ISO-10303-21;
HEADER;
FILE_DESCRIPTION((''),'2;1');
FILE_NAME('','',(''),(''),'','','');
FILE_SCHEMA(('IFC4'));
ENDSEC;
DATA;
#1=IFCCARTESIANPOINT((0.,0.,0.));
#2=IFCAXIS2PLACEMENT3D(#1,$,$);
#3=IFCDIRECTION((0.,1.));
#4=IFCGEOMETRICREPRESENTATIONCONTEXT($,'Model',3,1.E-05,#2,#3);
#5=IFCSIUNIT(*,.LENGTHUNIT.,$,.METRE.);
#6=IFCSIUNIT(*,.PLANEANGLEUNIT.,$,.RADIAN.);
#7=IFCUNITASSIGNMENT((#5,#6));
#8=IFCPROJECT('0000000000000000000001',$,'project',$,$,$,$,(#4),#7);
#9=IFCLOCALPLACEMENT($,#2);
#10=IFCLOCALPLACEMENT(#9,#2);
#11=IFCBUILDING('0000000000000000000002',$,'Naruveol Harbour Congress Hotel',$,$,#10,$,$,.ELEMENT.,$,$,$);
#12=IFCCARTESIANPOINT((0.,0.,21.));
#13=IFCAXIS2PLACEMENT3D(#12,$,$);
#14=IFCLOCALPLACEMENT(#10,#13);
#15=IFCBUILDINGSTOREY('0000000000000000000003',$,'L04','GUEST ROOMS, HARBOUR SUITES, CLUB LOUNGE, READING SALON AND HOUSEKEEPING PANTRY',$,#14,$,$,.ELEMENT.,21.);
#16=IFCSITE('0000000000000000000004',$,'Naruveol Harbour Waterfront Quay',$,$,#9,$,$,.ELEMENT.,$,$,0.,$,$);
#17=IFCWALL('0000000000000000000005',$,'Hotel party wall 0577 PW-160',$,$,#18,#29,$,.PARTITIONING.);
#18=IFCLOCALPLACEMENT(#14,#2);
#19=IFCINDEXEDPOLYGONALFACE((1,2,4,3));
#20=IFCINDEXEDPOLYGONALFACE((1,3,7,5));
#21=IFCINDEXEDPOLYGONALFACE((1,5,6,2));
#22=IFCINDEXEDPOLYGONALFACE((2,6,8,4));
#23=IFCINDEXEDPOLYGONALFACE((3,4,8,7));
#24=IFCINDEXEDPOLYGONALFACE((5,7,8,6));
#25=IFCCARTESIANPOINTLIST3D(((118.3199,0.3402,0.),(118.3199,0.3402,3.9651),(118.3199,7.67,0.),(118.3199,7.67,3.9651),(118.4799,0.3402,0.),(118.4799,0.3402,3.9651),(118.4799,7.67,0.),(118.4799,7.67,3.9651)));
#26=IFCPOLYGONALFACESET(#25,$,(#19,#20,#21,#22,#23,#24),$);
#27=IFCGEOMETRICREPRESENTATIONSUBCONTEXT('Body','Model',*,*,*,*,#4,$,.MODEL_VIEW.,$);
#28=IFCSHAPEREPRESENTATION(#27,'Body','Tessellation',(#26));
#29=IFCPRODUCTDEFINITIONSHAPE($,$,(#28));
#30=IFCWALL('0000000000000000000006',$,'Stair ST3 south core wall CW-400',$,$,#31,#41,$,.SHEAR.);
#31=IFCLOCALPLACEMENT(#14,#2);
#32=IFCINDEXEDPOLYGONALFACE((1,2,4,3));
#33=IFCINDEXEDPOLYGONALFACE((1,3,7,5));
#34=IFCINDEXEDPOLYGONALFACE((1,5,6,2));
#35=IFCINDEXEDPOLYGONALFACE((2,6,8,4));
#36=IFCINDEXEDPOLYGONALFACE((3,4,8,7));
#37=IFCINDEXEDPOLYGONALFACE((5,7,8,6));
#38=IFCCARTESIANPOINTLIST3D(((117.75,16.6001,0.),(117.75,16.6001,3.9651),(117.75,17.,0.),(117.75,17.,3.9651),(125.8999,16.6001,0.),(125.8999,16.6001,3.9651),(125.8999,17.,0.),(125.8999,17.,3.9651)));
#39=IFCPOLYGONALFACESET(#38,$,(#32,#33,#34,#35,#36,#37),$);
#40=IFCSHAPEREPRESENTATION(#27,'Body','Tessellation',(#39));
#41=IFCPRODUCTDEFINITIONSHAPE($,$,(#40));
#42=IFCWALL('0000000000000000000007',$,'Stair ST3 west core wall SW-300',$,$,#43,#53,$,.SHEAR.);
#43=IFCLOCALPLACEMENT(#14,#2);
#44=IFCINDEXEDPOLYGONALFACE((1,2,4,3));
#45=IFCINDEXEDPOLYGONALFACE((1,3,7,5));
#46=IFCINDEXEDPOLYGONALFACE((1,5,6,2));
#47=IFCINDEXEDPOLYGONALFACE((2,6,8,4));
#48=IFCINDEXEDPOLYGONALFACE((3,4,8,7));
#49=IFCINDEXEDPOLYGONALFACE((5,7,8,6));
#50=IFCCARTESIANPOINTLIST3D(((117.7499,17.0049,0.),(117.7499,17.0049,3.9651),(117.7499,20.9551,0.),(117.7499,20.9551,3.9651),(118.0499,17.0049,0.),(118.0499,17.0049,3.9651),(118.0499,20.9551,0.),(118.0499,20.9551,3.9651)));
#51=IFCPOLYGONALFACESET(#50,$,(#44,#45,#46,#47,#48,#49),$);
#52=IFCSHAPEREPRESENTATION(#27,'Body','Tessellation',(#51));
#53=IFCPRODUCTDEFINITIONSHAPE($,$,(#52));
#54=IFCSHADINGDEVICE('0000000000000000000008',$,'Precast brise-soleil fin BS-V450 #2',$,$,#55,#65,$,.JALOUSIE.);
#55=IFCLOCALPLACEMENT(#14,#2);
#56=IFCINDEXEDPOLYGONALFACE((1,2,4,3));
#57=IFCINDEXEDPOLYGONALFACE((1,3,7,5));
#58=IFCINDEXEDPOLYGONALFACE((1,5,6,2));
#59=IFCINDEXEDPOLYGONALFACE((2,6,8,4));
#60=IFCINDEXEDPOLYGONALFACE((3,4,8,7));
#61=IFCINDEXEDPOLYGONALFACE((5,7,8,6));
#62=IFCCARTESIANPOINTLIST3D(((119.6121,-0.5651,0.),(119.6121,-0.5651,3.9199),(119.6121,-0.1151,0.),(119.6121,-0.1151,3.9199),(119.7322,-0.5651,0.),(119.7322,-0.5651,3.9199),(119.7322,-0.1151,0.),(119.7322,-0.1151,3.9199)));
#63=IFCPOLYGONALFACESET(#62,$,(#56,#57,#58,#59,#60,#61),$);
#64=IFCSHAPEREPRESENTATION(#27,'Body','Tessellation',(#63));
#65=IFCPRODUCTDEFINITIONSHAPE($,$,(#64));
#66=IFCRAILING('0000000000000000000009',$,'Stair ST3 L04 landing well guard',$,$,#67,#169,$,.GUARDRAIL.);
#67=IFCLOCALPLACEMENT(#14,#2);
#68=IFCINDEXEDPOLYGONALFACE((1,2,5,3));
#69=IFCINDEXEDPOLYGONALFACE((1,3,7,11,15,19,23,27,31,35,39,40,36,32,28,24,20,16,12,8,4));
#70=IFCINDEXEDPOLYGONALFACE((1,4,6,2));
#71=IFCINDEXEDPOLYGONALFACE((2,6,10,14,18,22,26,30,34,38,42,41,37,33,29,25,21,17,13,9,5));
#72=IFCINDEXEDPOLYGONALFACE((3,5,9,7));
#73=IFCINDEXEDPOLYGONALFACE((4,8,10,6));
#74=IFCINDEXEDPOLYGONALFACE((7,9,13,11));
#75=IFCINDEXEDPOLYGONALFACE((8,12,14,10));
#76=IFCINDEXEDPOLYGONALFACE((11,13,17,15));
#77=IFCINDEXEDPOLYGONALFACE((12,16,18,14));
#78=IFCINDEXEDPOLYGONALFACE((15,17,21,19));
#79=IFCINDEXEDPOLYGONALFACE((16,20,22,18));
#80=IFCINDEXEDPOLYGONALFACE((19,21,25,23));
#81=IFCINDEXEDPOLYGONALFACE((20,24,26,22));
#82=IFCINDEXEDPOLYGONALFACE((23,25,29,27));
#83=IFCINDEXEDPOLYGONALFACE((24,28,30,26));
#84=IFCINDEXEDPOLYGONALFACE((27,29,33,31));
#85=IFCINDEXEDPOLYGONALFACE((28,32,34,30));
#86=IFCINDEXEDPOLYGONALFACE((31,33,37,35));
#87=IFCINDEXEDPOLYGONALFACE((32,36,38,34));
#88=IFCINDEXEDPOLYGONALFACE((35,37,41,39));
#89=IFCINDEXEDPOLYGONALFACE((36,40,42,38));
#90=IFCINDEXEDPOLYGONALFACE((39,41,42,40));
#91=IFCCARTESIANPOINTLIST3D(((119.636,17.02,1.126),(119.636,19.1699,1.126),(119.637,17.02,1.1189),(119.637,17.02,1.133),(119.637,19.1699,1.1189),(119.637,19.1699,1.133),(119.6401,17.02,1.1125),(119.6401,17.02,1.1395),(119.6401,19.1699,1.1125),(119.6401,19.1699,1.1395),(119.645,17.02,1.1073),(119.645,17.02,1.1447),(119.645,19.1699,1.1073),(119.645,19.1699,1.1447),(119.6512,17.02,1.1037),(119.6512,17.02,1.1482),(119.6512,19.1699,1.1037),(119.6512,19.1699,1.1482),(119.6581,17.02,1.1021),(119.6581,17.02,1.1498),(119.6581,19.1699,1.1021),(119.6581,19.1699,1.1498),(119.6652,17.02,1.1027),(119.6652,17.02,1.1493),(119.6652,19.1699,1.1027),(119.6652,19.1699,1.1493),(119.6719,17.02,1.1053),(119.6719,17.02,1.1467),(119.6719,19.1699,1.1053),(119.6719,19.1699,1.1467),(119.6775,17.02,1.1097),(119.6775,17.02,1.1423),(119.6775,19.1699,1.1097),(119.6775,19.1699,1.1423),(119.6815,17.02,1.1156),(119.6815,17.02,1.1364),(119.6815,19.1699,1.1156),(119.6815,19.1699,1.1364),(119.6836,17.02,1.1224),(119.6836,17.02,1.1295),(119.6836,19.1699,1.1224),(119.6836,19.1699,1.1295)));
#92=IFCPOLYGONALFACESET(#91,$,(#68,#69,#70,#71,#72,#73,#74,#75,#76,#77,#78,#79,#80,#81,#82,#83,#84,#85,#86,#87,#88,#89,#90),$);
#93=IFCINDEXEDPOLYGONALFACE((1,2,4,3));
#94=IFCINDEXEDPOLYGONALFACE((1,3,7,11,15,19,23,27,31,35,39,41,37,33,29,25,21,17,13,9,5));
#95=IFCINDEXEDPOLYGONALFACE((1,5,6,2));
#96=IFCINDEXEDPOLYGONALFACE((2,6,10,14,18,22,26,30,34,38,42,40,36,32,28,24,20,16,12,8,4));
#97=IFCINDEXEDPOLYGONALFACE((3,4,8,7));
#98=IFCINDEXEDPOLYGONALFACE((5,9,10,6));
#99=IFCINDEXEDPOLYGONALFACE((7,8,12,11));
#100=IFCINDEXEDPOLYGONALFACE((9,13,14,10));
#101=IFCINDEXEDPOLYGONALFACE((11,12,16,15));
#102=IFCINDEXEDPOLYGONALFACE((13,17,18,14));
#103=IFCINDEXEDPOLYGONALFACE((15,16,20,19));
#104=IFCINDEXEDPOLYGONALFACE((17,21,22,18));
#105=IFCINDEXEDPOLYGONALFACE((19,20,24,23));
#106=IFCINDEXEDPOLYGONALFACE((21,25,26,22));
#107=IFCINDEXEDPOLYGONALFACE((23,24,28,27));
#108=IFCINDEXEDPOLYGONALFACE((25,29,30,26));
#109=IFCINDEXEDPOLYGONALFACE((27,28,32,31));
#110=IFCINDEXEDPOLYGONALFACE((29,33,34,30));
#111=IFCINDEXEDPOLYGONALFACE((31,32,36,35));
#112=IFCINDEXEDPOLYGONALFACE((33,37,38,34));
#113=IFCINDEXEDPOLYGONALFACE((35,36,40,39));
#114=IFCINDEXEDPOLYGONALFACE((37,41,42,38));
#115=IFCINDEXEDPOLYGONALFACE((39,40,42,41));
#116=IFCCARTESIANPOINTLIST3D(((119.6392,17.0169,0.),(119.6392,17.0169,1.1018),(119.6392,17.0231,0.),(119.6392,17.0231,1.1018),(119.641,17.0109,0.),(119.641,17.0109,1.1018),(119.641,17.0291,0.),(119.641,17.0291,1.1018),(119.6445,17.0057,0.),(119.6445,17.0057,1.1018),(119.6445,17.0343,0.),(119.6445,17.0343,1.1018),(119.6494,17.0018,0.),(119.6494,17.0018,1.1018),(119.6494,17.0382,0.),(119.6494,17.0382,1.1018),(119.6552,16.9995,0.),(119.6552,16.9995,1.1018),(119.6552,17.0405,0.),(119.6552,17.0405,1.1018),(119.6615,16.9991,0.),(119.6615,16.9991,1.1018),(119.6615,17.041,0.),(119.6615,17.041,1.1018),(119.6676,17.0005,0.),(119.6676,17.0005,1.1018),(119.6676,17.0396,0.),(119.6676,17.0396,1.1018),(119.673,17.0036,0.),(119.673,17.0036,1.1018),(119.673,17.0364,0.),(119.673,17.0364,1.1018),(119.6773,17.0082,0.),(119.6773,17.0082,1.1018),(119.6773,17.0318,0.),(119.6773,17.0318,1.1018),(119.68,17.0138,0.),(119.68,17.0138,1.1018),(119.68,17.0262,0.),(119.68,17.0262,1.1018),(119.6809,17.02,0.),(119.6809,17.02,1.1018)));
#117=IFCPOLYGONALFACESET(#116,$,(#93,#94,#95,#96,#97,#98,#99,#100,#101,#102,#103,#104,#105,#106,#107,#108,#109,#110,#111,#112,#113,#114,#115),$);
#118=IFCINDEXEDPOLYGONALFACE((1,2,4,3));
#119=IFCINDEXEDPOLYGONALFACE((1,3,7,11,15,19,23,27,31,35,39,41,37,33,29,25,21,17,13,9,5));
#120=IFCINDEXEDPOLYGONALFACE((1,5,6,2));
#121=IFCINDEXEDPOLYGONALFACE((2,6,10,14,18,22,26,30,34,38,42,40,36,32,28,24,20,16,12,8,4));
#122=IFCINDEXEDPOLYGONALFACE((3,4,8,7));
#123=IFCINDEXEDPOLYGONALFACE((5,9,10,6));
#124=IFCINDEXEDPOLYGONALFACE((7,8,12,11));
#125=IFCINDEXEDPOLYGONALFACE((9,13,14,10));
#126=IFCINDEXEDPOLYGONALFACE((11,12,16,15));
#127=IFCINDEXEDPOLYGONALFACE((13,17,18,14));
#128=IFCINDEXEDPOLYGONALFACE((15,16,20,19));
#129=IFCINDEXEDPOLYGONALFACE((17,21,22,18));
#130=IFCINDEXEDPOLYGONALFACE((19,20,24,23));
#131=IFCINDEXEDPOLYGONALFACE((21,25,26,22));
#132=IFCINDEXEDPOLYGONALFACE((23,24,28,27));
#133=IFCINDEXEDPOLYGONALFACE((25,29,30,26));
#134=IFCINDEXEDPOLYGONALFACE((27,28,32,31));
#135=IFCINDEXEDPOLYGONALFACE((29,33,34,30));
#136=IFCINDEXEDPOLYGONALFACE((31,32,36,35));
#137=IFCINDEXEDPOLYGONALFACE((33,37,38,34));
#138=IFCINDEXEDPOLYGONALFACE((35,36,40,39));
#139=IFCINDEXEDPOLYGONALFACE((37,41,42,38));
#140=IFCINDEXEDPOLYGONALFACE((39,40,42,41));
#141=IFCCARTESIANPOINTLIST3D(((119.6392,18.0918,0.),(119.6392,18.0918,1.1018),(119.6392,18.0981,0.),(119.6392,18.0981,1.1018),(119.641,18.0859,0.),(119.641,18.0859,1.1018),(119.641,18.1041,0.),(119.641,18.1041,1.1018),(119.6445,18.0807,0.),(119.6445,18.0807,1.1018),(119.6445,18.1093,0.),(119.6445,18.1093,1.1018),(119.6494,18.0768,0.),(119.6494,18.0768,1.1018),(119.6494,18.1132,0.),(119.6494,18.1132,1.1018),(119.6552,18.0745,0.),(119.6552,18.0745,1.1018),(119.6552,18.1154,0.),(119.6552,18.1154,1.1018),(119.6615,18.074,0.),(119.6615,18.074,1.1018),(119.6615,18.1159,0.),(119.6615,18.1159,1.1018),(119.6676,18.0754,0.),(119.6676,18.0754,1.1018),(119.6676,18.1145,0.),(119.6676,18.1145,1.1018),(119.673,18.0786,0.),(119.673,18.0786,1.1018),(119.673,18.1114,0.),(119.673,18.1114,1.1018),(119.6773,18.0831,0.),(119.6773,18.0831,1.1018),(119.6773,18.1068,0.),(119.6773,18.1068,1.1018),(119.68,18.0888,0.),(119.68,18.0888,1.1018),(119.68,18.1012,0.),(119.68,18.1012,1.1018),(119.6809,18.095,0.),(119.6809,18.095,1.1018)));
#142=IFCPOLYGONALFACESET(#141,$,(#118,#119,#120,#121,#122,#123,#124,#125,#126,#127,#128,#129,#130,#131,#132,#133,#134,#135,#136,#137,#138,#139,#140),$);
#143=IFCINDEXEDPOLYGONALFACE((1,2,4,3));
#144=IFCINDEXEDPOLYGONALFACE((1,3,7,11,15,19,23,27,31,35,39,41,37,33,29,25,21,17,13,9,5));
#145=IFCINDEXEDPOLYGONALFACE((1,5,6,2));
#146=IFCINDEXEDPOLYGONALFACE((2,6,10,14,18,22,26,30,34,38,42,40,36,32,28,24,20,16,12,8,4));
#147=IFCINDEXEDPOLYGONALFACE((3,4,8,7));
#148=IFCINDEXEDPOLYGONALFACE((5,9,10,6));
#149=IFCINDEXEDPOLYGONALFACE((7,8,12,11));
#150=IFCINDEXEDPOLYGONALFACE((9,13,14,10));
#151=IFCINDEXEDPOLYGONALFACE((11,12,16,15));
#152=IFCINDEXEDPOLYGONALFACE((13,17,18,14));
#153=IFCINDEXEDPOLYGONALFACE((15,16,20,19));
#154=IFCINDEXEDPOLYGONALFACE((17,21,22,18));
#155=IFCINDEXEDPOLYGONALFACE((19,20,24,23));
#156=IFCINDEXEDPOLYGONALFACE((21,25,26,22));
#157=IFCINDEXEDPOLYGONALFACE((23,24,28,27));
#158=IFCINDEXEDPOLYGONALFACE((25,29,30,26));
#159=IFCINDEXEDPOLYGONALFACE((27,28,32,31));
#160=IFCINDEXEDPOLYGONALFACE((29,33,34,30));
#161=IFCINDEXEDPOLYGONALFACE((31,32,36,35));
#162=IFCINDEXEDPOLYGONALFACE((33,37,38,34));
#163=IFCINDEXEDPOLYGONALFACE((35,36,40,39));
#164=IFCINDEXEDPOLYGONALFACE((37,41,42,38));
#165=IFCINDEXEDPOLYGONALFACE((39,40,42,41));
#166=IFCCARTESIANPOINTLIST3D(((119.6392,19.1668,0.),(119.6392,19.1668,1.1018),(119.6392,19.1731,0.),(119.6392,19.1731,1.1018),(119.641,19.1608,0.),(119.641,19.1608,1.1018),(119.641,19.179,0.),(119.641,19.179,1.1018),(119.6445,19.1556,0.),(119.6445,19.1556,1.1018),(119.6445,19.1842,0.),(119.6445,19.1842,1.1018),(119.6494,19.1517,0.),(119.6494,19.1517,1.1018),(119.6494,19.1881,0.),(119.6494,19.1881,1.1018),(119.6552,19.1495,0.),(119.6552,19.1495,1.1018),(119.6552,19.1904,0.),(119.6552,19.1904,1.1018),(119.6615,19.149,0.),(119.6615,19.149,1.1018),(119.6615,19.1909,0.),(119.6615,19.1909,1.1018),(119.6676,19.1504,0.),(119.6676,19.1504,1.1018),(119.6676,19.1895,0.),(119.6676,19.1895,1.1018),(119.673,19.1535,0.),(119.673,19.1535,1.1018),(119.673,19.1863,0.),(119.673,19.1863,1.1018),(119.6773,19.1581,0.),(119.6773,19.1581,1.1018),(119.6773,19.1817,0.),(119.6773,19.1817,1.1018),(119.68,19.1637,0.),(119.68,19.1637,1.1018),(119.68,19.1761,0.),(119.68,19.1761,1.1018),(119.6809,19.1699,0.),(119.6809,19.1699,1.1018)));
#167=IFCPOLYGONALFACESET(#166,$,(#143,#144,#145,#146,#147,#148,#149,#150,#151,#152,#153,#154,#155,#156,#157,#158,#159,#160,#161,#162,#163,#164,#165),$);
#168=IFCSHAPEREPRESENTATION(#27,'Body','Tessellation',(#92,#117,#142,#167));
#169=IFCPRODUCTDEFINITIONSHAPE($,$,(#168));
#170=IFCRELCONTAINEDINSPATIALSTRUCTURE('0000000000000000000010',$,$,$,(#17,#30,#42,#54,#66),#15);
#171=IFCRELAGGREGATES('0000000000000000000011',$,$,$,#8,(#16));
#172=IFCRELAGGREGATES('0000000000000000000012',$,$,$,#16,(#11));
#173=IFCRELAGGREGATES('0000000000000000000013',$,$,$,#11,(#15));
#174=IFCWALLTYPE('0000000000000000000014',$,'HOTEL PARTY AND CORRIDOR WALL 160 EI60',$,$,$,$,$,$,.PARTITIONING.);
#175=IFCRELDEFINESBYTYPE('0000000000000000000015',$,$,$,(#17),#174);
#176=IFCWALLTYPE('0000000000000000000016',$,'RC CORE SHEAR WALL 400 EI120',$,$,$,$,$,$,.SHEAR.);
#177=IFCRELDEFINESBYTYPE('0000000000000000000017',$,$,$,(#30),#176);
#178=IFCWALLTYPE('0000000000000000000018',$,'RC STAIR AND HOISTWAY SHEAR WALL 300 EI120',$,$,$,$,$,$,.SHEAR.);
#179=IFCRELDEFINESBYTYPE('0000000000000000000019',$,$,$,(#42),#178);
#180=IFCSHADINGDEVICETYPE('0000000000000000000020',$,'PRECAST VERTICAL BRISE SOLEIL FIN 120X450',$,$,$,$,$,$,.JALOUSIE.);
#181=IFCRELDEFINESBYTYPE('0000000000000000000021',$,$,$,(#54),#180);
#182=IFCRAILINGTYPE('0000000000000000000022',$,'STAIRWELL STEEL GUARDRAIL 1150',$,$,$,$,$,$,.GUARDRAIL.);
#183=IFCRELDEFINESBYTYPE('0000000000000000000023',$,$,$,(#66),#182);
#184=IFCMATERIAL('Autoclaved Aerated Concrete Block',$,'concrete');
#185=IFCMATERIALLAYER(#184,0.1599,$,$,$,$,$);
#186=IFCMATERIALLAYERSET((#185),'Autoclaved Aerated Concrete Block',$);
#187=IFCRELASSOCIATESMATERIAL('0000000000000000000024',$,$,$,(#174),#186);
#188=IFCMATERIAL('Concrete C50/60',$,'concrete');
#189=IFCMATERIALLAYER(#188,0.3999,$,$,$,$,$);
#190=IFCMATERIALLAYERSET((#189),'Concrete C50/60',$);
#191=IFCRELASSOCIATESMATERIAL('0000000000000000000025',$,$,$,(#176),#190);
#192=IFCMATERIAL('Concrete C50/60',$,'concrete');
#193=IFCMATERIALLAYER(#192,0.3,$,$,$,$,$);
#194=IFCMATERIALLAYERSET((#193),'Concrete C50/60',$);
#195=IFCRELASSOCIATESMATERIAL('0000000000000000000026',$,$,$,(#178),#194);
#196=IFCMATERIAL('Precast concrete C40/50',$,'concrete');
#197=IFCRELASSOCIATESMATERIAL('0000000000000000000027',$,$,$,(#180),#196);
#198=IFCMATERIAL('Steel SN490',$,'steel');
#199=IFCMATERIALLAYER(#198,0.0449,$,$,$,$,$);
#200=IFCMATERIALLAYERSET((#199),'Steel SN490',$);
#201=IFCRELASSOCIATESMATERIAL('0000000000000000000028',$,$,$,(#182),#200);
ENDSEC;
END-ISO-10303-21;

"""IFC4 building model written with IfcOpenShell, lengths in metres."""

from ifc_helpers import new_model, si_unit, direction, frame, frame_2d, origin, origin_2d, place, context, subcontext, project, spatial, rectangle, circle, extrude, material, layer, layer_set, type_object, element, save


model = new_model("IFC4")

# Units and contexts
model_context = context("Model", 3, precision=1e-05, world=origin(), true_north=direction((0.0, 1.0)))
body_context = subcontext(model_context, "Body", "Model", "MODEL_VIEW")
ifc_project = project(units=[si_unit("LENGTHUNIT", "METRE"), si_unit("PLANEANGLEUNIT", "RADIAN")], contexts=[model_context])

# Site, building, storey
site_placement = place(None, origin())
site = spatial("IfcSite", under=ifc_project, at=site_placement, Name="Naruveol Harbour Waterfront Quay", CompositionType="ELEMENT", RefElevation=0.0)
building_placement = place(site_placement, origin())
building = spatial("IfcBuilding", under=site, at=building_placement, Name="Naruveol Harbour Congress Hotel", CompositionType="ELEMENT")
storey_placement = place(building_placement, frame((0.0, 0.0, 21.0)))
storey = spatial("IfcBuildingStorey", under=building, at=storey_placement, Name="L04", Description="GUEST ROOMS, HARBOUR SUITES, CLUB LOUNGE, READING SALON AND HOUSEKEEPING PANTRY", CompositionType="ELEMENT", Elevation=21.0)

# Shared definitions
ifc_material_1 = material(Name="Autoclaved Aerated Concrete Block", Category="concrete")
ifc_layer_1 = layer(ifc_material_1, 0.1599)
ifc_layer_set_1 = layer_set([ifc_layer_1], Name="Autoclaved Aerated Concrete Block")
wall_type_1 = type_object("IfcWallType", Name="HOTEL PARTY AND CORRIDOR WALL 160 EI60", PredefinedType="PARTITIONING", material=ifc_layer_set_1)

# Walls
wall_1_placement = place(storey_placement, frame((118.3999, 0.3401, 0.0), z_axis=(0.0, 0.0, 1.0), x_axis=(0.0, 1.0, 0.0)))
element("IfcWall", 1, at=wall_1_placement, inside=storey, type_object=wall_type_1, Name="Hotel party wall 0577 PW-160", PredefinedType="PARTITIONING", context=body_context, shape_type="SweptSolid", body=[
    extrude(rectangle(XDim=7.3298, YDim=0.1599, at=frame_2d((3.665, 0.0))), origin(), (0.0, 0.0, 1.0), 3.9651),
])
ifc_material_2 = material(Name="Concrete C50/60", Category="concrete")
ifc_layer_2 = layer(ifc_material_2, 0.3999)
ifc_layer_set_2 = layer_set([ifc_layer_2], Name="Concrete C50/60")
wall_type_2 = type_object("IfcWallType", Name="RC CORE SHEAR WALL 400 EI120", PredefinedType="SHEAR", material=ifc_layer_set_2)
wall_2_placement = place(storey_placement, frame((117.75, 16.8, 0.0), z_axis=(0.0, 0.0, 1.0), x_axis=(1.0, 0.0, 0.0)))
element("IfcWall", 2, at=wall_2_placement, inside=storey, type_object=wall_type_2, Name="Stair ST3 south core wall CW-400", PredefinedType="SHEAR", context=body_context, shape_type="SweptSolid", body=[
    extrude(rectangle(XDim=8.1499, YDim=0.3999, at=frame_2d((4.075, 0.0))), origin(), (0.0, 0.0, 1.0), 3.9651),
])
ifc_material_3 = material(Name="Concrete C50/60", Category="concrete")
ifc_layer_3 = layer(ifc_material_3, 0.3)
ifc_layer_set_3 = layer_set([ifc_layer_3], Name="Concrete C50/60")
wall_type_3 = type_object("IfcWallType", Name="RC STAIR AND HOISTWAY SHEAR WALL 300 EI120", PredefinedType="SHEAR", material=ifc_layer_set_3)
wall_3_placement = place(storey_placement, frame((117.8999, 17.0049, 0.0), z_axis=(0.0, 0.0, 1.0), x_axis=(0.0, 1.0, 0.0)))
element("IfcWall", 3, at=wall_3_placement, inside=storey, type_object=wall_type_3, Name="Stair ST3 west core wall SW-300", PredefinedType="SHEAR", context=body_context, shape_type="SweptSolid", body=[
    extrude(rectangle(XDim=3.9502, YDim=0.3, at=frame_2d((1.9751, 0.0))), origin(), (0.0, 0.0, 1.0), 3.9651),
])

# Shading device
ifc_material_4 = material(Name="Precast concrete C40/50", Category="concrete")
shading_device_type = type_object("IfcShadingDeviceType", Name="PRECAST VERTICAL BRISE SOLEIL FIN 120X450", PredefinedType="JALOUSIE", material=ifc_material_4)
shading_device_placement = place(storey_placement, frame((119.6721, -0.3401, 0.0), z_axis=(0.0, 0.0, 1.0), x_axis=(-1.0, 0.0, 0.0)))
element("IfcShadingDevice", 4, at=shading_device_placement, inside=storey, type_object=shading_device_type, Name="Precast brise-soleil fin BS-V450 #2", PredefinedType="JALOUSIE", context=body_context, shape_type="SweptSolid", body=[
    extrude(rectangle(XDim=0.1201, YDim=0.45, at=origin_2d()), origin(), (0.0, 0.0, 1.0), 3.9199),
])

# Railing
ifc_material_5 = material(Name="Steel SN490", Category="steel")
ifc_layer_4 = layer(ifc_material_5, 0.0449)
ifc_layer_set_4 = layer_set([ifc_layer_4], Name="Steel SN490")
railing_type_1 = type_object("IfcRailingType", Name="STAIRWELL STEEL GUARDRAIL 1150", PredefinedType="GUARDRAIL", material=ifc_layer_set_4)
railing_1_placement = place(storey_placement, frame((119.6599, 17.02, 0.0)))
element("IfcRailing", 5, at=railing_1_placement, inside=storey, type_object=railing_type_1, Name="Stair ST3 L04 landing well guard", PredefinedType="GUARDRAIL", context=body_context, shape_type="SweptSolid", body=[
    extrude(circle(Radius=0.0239, at=origin_2d()), frame((0.0, 0.0, 1.126), z_axis=(0.0, 1.0, 0.0), x_axis=(-1.0, 0.0, 0.0)), (0.0, 0.0, 1.0), 2.1499),
    extrude(circle(Radius=0.021, at=origin_2d()), origin(), (0.0, 0.0, 1.0), 1.1018),
    extrude(circle(Radius=0.021, at=origin_2d()), frame((0.0, 1.075, 0.0)), (0.0, 0.0, 1.0), 1.1018),
    extrude(circle(Radius=0.021, at=origin_2d()), frame((0.0, 2.1499, 0.0)), (0.0, 0.0, 1.0), 1.1018),
])

save(model, "model.ifc")
